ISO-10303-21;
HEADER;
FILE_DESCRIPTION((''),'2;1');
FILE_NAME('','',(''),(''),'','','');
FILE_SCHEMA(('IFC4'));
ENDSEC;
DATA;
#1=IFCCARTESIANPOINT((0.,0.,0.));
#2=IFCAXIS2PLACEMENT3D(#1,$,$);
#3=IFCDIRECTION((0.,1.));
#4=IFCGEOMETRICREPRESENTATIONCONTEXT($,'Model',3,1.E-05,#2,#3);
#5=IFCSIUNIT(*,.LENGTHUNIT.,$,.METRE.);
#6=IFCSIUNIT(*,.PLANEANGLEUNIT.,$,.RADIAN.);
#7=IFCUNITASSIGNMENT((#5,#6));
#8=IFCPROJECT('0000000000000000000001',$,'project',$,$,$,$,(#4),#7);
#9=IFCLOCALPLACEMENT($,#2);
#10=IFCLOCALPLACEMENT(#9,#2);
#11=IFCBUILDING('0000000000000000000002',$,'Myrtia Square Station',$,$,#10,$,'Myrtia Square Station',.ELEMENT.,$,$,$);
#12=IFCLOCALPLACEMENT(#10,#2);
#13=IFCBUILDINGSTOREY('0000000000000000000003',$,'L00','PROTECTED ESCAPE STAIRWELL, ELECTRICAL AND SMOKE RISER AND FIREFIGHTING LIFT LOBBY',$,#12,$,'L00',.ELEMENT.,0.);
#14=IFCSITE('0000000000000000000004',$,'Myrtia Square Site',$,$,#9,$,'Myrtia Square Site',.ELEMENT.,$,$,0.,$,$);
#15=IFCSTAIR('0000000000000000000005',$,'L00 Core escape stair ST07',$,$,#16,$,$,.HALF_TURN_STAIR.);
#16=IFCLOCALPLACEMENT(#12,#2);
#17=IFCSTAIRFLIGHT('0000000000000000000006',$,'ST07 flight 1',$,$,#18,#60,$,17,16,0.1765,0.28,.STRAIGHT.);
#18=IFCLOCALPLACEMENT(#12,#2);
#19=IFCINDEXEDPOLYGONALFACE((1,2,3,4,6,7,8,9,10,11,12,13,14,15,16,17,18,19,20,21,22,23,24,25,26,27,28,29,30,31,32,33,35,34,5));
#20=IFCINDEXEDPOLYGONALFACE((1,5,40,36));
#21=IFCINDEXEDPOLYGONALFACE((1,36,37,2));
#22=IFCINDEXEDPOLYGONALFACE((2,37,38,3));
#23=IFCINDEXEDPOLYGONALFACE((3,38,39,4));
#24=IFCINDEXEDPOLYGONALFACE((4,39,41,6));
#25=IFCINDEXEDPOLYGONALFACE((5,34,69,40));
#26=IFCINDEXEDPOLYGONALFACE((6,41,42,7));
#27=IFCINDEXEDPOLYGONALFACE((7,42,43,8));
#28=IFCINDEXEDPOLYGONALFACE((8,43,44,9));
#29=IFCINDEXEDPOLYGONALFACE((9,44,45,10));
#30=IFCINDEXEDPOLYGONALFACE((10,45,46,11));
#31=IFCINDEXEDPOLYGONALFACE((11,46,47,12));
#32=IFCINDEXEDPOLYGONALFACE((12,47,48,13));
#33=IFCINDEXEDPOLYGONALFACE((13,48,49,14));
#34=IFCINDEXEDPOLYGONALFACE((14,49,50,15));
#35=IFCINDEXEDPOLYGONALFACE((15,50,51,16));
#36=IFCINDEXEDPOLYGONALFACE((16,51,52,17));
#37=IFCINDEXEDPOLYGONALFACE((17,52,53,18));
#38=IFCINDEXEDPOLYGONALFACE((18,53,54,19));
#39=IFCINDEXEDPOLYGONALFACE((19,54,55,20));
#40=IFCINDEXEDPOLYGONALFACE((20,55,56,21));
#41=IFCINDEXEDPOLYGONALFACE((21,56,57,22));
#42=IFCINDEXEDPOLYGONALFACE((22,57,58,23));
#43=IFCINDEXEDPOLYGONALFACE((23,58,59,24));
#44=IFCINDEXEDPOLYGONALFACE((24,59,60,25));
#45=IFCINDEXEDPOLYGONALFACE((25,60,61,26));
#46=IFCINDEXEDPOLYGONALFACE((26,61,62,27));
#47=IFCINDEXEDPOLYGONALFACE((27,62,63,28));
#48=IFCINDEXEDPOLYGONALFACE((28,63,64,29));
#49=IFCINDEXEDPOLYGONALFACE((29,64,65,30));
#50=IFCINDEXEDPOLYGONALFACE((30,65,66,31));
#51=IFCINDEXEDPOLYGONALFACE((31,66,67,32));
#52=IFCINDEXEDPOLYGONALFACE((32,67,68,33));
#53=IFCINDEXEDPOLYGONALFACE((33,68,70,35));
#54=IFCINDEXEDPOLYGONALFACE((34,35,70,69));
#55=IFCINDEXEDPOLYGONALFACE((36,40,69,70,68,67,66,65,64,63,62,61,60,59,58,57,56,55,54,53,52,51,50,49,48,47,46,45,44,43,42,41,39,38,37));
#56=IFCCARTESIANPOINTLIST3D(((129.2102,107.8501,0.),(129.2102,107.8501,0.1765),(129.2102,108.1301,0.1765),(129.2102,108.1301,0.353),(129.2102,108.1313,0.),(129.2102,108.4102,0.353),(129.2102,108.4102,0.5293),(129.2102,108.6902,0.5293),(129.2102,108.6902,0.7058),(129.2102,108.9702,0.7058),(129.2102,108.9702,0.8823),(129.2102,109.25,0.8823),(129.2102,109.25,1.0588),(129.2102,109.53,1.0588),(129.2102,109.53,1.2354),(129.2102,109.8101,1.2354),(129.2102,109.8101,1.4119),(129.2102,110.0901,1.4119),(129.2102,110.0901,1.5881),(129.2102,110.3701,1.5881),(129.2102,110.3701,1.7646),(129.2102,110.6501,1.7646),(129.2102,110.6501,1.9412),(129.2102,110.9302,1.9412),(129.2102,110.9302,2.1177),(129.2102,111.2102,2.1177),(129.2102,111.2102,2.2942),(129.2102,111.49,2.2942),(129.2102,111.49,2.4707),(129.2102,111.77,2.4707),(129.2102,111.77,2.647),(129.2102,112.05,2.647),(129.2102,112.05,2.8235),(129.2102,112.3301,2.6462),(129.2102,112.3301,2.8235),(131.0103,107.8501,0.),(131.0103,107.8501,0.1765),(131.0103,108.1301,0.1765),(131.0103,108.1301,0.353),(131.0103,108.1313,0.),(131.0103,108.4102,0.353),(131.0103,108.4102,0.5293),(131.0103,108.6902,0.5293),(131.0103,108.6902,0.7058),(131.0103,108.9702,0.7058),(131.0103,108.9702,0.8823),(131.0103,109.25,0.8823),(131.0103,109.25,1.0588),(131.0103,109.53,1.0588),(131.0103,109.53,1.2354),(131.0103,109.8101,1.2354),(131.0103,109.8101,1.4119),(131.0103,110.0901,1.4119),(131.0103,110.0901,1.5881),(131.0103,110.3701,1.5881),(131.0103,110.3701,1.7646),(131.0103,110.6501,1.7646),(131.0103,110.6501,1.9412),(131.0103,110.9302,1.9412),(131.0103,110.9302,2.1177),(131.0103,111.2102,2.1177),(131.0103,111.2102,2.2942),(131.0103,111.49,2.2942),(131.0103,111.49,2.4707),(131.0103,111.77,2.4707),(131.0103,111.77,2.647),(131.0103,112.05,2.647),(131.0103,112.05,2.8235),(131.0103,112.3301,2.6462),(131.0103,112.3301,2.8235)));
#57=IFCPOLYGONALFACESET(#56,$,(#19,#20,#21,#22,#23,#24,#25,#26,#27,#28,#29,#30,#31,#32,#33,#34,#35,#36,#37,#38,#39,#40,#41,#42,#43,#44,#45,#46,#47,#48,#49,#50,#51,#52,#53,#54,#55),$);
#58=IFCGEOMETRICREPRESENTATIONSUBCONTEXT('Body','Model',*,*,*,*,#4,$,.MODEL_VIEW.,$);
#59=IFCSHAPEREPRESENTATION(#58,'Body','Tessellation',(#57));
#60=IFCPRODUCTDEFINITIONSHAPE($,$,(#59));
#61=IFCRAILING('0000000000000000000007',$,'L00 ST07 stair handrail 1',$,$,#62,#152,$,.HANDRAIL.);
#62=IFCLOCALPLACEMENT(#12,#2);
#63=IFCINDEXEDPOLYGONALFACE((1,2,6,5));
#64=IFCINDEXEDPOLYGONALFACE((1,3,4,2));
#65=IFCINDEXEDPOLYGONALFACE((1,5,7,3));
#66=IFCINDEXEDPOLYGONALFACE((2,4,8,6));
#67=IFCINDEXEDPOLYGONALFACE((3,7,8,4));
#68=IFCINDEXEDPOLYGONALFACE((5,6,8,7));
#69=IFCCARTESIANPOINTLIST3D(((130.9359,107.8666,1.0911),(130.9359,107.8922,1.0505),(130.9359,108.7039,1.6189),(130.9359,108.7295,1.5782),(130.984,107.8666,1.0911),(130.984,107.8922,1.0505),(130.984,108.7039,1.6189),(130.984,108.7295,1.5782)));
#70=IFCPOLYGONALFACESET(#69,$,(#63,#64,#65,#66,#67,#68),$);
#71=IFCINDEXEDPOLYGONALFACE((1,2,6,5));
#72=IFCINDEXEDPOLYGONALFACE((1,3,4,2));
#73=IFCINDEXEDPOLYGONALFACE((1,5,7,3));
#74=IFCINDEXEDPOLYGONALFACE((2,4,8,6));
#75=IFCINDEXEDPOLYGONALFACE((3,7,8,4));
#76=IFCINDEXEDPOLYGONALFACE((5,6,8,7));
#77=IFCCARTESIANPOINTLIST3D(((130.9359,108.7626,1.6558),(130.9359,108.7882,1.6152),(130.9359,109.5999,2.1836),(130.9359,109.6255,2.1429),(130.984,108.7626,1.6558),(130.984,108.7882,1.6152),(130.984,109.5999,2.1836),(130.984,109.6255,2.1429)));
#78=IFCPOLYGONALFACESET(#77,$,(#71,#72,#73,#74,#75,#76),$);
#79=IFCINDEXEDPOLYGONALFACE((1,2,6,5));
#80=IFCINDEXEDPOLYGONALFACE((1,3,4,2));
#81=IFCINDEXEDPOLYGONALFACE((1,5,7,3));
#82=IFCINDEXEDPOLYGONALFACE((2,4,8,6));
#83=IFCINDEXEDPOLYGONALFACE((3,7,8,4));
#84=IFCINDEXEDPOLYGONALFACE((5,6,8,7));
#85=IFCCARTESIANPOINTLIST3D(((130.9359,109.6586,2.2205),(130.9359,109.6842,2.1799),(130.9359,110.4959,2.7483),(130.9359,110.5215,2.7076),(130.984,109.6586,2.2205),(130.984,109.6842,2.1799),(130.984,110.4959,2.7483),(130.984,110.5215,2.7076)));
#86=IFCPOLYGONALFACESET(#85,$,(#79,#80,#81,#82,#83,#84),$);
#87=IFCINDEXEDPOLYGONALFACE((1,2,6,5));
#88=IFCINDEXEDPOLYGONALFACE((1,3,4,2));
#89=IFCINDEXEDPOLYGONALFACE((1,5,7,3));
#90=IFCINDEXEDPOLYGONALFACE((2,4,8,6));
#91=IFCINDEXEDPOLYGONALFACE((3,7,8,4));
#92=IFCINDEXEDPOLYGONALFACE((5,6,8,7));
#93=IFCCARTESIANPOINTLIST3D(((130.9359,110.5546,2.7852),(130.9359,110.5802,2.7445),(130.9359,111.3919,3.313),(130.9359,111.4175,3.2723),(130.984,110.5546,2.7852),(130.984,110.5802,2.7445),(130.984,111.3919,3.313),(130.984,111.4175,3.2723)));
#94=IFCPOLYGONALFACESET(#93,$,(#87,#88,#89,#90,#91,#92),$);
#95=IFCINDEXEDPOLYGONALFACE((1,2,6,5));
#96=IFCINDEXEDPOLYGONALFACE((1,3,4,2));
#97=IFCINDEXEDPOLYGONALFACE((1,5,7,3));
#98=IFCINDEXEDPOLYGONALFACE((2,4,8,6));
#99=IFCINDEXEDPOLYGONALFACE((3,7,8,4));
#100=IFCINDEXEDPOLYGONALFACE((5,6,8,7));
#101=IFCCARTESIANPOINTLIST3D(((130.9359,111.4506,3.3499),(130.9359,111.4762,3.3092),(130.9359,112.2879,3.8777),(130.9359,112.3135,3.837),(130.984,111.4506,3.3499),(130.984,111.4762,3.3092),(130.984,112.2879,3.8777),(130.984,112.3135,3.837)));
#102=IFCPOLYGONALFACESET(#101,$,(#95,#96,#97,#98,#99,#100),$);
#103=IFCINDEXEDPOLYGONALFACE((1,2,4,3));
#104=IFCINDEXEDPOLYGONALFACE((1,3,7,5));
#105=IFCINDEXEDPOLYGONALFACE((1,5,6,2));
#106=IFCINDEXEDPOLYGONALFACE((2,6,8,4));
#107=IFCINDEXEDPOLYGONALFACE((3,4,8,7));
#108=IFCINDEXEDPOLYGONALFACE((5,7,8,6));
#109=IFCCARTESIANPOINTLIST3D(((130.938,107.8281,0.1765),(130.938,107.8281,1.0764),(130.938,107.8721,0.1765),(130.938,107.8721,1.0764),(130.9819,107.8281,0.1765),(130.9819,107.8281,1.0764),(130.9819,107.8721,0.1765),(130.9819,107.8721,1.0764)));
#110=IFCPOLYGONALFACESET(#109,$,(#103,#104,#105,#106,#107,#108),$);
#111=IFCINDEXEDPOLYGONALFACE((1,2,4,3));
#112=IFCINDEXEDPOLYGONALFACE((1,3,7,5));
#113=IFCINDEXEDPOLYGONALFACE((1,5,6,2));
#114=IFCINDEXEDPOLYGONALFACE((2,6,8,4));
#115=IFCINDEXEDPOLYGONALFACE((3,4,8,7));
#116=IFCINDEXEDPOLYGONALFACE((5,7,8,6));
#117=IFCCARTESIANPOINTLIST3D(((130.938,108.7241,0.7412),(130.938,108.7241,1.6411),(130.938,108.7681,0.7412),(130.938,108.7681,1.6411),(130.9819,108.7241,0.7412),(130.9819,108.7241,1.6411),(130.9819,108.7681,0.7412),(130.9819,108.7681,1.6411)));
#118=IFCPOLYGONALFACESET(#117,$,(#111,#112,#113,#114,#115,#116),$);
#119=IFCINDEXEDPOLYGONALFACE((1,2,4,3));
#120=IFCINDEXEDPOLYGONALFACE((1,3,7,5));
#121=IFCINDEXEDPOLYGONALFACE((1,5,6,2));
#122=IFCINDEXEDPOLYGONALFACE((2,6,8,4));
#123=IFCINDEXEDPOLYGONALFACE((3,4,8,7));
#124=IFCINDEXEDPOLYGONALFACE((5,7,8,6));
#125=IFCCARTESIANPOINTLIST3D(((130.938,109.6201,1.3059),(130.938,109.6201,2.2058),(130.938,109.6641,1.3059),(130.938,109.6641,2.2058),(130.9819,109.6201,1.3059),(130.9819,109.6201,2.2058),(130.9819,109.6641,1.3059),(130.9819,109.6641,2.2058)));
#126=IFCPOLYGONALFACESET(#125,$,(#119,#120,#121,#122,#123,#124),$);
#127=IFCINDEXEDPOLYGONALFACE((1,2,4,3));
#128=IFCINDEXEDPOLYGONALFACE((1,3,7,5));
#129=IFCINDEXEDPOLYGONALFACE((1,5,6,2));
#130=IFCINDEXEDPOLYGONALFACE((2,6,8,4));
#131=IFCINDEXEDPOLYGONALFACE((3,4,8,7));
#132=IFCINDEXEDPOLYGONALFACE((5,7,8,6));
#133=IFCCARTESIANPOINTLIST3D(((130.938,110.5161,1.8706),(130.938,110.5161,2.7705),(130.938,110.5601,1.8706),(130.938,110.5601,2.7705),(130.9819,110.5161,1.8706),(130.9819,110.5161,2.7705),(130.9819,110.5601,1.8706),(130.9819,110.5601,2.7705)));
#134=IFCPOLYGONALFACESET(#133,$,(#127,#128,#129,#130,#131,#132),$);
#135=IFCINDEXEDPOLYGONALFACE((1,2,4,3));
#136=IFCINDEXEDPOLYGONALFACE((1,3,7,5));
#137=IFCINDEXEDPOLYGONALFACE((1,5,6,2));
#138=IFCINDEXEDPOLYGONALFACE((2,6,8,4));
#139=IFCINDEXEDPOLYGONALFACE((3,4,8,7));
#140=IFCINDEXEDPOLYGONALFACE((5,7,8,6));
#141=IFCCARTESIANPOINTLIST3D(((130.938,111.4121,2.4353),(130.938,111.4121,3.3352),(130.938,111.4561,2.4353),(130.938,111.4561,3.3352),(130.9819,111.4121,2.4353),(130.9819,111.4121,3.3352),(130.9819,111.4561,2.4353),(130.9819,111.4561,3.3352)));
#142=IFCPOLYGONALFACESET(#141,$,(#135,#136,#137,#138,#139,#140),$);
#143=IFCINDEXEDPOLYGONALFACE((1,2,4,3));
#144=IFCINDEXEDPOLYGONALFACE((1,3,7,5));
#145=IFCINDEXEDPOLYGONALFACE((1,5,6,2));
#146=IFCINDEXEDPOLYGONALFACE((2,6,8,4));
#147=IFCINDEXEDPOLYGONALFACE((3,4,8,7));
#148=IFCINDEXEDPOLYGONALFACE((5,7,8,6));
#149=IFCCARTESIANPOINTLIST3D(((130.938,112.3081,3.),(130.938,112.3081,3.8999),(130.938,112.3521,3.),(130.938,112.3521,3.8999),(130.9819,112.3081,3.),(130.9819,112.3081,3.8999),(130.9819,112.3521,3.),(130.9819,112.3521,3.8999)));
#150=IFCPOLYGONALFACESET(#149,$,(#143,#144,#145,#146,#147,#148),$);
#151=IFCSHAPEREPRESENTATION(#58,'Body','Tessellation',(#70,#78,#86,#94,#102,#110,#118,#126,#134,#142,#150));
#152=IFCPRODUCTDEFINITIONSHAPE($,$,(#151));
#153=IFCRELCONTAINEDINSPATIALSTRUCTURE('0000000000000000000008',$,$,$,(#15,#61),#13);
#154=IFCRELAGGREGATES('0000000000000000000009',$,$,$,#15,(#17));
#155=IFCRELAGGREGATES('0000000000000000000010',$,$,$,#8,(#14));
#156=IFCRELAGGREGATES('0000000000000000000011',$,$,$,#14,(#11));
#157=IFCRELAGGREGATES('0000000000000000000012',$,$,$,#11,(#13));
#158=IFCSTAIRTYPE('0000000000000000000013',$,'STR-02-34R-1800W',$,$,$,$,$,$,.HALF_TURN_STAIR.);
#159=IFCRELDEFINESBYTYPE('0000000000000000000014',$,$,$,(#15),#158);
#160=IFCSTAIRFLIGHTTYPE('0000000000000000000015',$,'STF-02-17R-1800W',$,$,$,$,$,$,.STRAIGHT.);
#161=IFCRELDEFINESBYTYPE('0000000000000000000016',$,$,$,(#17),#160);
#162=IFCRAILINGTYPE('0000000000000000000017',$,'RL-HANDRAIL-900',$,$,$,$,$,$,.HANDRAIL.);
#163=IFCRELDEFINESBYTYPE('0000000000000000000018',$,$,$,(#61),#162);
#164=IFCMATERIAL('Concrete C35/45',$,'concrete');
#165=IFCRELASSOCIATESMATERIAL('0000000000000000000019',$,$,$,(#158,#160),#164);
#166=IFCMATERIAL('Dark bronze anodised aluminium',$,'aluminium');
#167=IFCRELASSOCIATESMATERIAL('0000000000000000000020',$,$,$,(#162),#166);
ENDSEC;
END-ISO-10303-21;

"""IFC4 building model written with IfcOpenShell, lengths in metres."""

from ifc_helpers import new_model, si_unit, direction, frame, origin, origin_2d, place, context, subcontext, project, spatial, polyline, rectangle, outline, extrude, material, type_object, element, aggregate, save


model = new_model("IFC4")

# Units and contexts
model_context = context("Model", 3, precision=1e-05, world=origin(), true_north=direction((0.0, 1.0)))
body_context = subcontext(model_context, "Body", "Model", "MODEL_VIEW")
ifc_project = project(units=[si_unit("LENGTHUNIT", "METRE"), si_unit("PLANEANGLEUNIT", "RADIAN")], contexts=[model_context])

# Site, building, storey
site_placement = place(None, origin())
site = spatial("IfcSite", under=ifc_project, at=site_placement, Name="Myrtia Square Site", LongName="Myrtia Square Site", CompositionType="ELEMENT", RefElevation=0.0)
building_placement = place(site_placement, origin())
building = spatial("IfcBuilding", under=site, at=building_placement, Name="Myrtia Square Station", LongName="Myrtia Square Station", CompositionType="ELEMENT")
storey_placement = place(building_placement, origin())
storey = spatial("IfcBuildingStorey", under=building, at=storey_placement, Name="L00", Description="PROTECTED ESCAPE STAIRWELL, ELECTRICAL AND SMOKE RISER AND FIREFIGHTING LIFT LOBBY", LongName="L00", CompositionType="ELEMENT", Elevation=0.0)

# Shared definitions
ifc_material_1 = material(Name="Concrete C35/45", Category="concrete")
ifc_material_2 = material(Name="Dark bronze anodised aluminium", Category="aluminium")

# Stair, stair flight
stair_type = type_object("IfcStairType", Name="STR-02-34R-1800W", PredefinedType="HALF_TURN_STAIR", material=ifc_material_1)
stair_placement = place(storey_placement, origin())
stair = element("IfcStair", 1, at=stair_placement, inside=storey, type_object=stair_type, Name="L00 Core escape stair ST07", PredefinedType="HALF_TURN_STAIR")
stair_flight_type = type_object("IfcStairFlightType", Name="STF-02-17R-1800W", PredefinedType="STRAIGHT", material=ifc_material_1)
stair_flight_placement = place(storey_placement, frame((130.1101, 107.8501, 0.0), z_axis=(0.0, 0.0, 1.0), x_axis=(0.0, 1.0, 0.0)))
stair_flight = element("IfcStairFlight", 2, at=stair_flight_placement, type_object=stair_flight_type, Name="ST07 flight 1", NumberOfRisers=17, NumberOfTreads=16, PredefinedType="STRAIGHT", RiserHeight=0.1765, TreadLength=0.28, context=body_context, shape_type="SweptSolid", body=[
    extrude(outline(polyline([(0.0, 0.0), (0.0, 0.1765), (0.28, 0.1765), (0.28, 0.353), (0.5601, 0.353), (0.5601, 0.5293), (0.8401, 0.5293), (0.8401, 0.7058), (1.1201, 0.7058), (1.1201, 0.8823), (1.3999, 0.8823), (1.3999, 1.0588), (1.6799, 1.0588), (1.6799, 1.2354), (1.96, 1.2354), (1.96, 1.4119), (2.24, 1.4119), (2.24, 1.5881), (2.52, 1.5881), (2.52, 1.7646), (2.8, 1.7646), (2.8, 1.9412), (3.0801, 1.9412), (3.0801, 2.1177), (3.3601, 2.1177), (3.3601, 2.2942), (3.6399, 2.2942), (3.6399, 2.4707), (3.9199, 2.4707), (3.9199, 2.647), (4.2, 2.647), (4.2, 2.8235), (4.48, 2.8235), (4.48, 3.0), (4.48, 2.6462), (0.2812, 0.0), (0.0, 0.0)])), frame((0.0, 0.8999, 0.0), z_axis=(0.0, -1.0, 0.0), x_axis=(1.0, 0.0, 0.0)), (0.0, 0.0, 1.0), 1.8),
])
aggregate(stair, [stair_flight])

# Railing
railing_type_1 = type_object("IfcRailingType", Name="RL-HANDRAIL-900", PredefinedType="HANDRAIL", material=ifc_material_2)
railing_1_placement = place(storey_placement, frame((130.96, 107.8501, 0.1765)))
element("IfcRailing", 3, at=railing_1_placement, inside=storey, type_object=railing_type_1, Name="L00 ST07 stair handrail 1", PredefinedType="HANDRAIL", context=body_context, shape_type="SweptSolid", body=[
    extrude(rectangle(XDim=0.0481, YDim=0.0481, at=origin_2d()), frame((0.0, 0.0293, 0.8943), z_axis=(0.0, 0.845998, 0.533186), x_axis=(-1.0, 0.0, 0.0)), (0.0, 0.0, 1.0), 0.9897),
    extrude(rectangle(XDim=0.0481, YDim=0.0481, at=origin_2d()), frame((0.0, 0.9253, 1.459), z_axis=(0.0, 0.845998, 0.533186), x_axis=(-1.0, 0.0, 0.0)), (0.0, 0.0, 1.0), 0.9897),
    extrude(rectangle(XDim=0.0481, YDim=0.0481, at=origin_2d()), frame((0.0, 1.8213, 2.0237), z_axis=(0.0, 0.845998, 0.533186), x_axis=(-1.0, 0.0, 0.0)), (0.0, 0.0, 1.0), 0.9897),
    extrude(rectangle(XDim=0.0481, YDim=0.0481, at=origin_2d()), frame((0.0, 2.7173, 2.5884), z_axis=(0.0, 0.845998, 0.533186), x_axis=(-1.0, 0.0, 0.0)), (0.0, 0.0, 1.0), 0.9897),
    extrude(rectangle(XDim=0.0481, YDim=0.0481, at=origin_2d()), frame((0.0, 3.6133, 3.1531), z_axis=(0.0, 0.845998, 0.533186), x_axis=(-1.0, 0.0, 0.0)), (0.0, 0.0, 1.0), 0.9897),
    extrude(rectangle(XDim=0.0439, YDim=0.0439, at=origin_2d()), origin(), (0.0, 0.0, 1.0), 0.8999),
    extrude(rectangle(XDim=0.0439, YDim=0.0439, at=origin_2d()), frame((0.0, 0.896, 0.5647)), (0.0, 0.0, 1.0), 0.8999),
    extrude(rectangle(XDim=0.0439, YDim=0.0439, at=origin_2d()), frame((0.0, 1.792, 1.1294)), (0.0, 0.0, 1.0), 0.8999),
    extrude(rectangle(XDim=0.0439, YDim=0.0439, at=origin_2d()), frame((0.0, 2.688, 1.6941)), (0.0, 0.0, 1.0), 0.8999),
    extrude(rectangle(XDim=0.0439, YDim=0.0439, at=origin_2d()), frame((0.0, 3.584, 2.2588)), (0.0, 0.0, 1.0), 0.8999),
    extrude(rectangle(XDim=0.0439, YDim=0.0439, at=origin_2d()), frame((0.0, 4.48, 2.8235)), (0.0, 0.0, 1.0), 0.8999),
])

save(model, "model.ifc")
